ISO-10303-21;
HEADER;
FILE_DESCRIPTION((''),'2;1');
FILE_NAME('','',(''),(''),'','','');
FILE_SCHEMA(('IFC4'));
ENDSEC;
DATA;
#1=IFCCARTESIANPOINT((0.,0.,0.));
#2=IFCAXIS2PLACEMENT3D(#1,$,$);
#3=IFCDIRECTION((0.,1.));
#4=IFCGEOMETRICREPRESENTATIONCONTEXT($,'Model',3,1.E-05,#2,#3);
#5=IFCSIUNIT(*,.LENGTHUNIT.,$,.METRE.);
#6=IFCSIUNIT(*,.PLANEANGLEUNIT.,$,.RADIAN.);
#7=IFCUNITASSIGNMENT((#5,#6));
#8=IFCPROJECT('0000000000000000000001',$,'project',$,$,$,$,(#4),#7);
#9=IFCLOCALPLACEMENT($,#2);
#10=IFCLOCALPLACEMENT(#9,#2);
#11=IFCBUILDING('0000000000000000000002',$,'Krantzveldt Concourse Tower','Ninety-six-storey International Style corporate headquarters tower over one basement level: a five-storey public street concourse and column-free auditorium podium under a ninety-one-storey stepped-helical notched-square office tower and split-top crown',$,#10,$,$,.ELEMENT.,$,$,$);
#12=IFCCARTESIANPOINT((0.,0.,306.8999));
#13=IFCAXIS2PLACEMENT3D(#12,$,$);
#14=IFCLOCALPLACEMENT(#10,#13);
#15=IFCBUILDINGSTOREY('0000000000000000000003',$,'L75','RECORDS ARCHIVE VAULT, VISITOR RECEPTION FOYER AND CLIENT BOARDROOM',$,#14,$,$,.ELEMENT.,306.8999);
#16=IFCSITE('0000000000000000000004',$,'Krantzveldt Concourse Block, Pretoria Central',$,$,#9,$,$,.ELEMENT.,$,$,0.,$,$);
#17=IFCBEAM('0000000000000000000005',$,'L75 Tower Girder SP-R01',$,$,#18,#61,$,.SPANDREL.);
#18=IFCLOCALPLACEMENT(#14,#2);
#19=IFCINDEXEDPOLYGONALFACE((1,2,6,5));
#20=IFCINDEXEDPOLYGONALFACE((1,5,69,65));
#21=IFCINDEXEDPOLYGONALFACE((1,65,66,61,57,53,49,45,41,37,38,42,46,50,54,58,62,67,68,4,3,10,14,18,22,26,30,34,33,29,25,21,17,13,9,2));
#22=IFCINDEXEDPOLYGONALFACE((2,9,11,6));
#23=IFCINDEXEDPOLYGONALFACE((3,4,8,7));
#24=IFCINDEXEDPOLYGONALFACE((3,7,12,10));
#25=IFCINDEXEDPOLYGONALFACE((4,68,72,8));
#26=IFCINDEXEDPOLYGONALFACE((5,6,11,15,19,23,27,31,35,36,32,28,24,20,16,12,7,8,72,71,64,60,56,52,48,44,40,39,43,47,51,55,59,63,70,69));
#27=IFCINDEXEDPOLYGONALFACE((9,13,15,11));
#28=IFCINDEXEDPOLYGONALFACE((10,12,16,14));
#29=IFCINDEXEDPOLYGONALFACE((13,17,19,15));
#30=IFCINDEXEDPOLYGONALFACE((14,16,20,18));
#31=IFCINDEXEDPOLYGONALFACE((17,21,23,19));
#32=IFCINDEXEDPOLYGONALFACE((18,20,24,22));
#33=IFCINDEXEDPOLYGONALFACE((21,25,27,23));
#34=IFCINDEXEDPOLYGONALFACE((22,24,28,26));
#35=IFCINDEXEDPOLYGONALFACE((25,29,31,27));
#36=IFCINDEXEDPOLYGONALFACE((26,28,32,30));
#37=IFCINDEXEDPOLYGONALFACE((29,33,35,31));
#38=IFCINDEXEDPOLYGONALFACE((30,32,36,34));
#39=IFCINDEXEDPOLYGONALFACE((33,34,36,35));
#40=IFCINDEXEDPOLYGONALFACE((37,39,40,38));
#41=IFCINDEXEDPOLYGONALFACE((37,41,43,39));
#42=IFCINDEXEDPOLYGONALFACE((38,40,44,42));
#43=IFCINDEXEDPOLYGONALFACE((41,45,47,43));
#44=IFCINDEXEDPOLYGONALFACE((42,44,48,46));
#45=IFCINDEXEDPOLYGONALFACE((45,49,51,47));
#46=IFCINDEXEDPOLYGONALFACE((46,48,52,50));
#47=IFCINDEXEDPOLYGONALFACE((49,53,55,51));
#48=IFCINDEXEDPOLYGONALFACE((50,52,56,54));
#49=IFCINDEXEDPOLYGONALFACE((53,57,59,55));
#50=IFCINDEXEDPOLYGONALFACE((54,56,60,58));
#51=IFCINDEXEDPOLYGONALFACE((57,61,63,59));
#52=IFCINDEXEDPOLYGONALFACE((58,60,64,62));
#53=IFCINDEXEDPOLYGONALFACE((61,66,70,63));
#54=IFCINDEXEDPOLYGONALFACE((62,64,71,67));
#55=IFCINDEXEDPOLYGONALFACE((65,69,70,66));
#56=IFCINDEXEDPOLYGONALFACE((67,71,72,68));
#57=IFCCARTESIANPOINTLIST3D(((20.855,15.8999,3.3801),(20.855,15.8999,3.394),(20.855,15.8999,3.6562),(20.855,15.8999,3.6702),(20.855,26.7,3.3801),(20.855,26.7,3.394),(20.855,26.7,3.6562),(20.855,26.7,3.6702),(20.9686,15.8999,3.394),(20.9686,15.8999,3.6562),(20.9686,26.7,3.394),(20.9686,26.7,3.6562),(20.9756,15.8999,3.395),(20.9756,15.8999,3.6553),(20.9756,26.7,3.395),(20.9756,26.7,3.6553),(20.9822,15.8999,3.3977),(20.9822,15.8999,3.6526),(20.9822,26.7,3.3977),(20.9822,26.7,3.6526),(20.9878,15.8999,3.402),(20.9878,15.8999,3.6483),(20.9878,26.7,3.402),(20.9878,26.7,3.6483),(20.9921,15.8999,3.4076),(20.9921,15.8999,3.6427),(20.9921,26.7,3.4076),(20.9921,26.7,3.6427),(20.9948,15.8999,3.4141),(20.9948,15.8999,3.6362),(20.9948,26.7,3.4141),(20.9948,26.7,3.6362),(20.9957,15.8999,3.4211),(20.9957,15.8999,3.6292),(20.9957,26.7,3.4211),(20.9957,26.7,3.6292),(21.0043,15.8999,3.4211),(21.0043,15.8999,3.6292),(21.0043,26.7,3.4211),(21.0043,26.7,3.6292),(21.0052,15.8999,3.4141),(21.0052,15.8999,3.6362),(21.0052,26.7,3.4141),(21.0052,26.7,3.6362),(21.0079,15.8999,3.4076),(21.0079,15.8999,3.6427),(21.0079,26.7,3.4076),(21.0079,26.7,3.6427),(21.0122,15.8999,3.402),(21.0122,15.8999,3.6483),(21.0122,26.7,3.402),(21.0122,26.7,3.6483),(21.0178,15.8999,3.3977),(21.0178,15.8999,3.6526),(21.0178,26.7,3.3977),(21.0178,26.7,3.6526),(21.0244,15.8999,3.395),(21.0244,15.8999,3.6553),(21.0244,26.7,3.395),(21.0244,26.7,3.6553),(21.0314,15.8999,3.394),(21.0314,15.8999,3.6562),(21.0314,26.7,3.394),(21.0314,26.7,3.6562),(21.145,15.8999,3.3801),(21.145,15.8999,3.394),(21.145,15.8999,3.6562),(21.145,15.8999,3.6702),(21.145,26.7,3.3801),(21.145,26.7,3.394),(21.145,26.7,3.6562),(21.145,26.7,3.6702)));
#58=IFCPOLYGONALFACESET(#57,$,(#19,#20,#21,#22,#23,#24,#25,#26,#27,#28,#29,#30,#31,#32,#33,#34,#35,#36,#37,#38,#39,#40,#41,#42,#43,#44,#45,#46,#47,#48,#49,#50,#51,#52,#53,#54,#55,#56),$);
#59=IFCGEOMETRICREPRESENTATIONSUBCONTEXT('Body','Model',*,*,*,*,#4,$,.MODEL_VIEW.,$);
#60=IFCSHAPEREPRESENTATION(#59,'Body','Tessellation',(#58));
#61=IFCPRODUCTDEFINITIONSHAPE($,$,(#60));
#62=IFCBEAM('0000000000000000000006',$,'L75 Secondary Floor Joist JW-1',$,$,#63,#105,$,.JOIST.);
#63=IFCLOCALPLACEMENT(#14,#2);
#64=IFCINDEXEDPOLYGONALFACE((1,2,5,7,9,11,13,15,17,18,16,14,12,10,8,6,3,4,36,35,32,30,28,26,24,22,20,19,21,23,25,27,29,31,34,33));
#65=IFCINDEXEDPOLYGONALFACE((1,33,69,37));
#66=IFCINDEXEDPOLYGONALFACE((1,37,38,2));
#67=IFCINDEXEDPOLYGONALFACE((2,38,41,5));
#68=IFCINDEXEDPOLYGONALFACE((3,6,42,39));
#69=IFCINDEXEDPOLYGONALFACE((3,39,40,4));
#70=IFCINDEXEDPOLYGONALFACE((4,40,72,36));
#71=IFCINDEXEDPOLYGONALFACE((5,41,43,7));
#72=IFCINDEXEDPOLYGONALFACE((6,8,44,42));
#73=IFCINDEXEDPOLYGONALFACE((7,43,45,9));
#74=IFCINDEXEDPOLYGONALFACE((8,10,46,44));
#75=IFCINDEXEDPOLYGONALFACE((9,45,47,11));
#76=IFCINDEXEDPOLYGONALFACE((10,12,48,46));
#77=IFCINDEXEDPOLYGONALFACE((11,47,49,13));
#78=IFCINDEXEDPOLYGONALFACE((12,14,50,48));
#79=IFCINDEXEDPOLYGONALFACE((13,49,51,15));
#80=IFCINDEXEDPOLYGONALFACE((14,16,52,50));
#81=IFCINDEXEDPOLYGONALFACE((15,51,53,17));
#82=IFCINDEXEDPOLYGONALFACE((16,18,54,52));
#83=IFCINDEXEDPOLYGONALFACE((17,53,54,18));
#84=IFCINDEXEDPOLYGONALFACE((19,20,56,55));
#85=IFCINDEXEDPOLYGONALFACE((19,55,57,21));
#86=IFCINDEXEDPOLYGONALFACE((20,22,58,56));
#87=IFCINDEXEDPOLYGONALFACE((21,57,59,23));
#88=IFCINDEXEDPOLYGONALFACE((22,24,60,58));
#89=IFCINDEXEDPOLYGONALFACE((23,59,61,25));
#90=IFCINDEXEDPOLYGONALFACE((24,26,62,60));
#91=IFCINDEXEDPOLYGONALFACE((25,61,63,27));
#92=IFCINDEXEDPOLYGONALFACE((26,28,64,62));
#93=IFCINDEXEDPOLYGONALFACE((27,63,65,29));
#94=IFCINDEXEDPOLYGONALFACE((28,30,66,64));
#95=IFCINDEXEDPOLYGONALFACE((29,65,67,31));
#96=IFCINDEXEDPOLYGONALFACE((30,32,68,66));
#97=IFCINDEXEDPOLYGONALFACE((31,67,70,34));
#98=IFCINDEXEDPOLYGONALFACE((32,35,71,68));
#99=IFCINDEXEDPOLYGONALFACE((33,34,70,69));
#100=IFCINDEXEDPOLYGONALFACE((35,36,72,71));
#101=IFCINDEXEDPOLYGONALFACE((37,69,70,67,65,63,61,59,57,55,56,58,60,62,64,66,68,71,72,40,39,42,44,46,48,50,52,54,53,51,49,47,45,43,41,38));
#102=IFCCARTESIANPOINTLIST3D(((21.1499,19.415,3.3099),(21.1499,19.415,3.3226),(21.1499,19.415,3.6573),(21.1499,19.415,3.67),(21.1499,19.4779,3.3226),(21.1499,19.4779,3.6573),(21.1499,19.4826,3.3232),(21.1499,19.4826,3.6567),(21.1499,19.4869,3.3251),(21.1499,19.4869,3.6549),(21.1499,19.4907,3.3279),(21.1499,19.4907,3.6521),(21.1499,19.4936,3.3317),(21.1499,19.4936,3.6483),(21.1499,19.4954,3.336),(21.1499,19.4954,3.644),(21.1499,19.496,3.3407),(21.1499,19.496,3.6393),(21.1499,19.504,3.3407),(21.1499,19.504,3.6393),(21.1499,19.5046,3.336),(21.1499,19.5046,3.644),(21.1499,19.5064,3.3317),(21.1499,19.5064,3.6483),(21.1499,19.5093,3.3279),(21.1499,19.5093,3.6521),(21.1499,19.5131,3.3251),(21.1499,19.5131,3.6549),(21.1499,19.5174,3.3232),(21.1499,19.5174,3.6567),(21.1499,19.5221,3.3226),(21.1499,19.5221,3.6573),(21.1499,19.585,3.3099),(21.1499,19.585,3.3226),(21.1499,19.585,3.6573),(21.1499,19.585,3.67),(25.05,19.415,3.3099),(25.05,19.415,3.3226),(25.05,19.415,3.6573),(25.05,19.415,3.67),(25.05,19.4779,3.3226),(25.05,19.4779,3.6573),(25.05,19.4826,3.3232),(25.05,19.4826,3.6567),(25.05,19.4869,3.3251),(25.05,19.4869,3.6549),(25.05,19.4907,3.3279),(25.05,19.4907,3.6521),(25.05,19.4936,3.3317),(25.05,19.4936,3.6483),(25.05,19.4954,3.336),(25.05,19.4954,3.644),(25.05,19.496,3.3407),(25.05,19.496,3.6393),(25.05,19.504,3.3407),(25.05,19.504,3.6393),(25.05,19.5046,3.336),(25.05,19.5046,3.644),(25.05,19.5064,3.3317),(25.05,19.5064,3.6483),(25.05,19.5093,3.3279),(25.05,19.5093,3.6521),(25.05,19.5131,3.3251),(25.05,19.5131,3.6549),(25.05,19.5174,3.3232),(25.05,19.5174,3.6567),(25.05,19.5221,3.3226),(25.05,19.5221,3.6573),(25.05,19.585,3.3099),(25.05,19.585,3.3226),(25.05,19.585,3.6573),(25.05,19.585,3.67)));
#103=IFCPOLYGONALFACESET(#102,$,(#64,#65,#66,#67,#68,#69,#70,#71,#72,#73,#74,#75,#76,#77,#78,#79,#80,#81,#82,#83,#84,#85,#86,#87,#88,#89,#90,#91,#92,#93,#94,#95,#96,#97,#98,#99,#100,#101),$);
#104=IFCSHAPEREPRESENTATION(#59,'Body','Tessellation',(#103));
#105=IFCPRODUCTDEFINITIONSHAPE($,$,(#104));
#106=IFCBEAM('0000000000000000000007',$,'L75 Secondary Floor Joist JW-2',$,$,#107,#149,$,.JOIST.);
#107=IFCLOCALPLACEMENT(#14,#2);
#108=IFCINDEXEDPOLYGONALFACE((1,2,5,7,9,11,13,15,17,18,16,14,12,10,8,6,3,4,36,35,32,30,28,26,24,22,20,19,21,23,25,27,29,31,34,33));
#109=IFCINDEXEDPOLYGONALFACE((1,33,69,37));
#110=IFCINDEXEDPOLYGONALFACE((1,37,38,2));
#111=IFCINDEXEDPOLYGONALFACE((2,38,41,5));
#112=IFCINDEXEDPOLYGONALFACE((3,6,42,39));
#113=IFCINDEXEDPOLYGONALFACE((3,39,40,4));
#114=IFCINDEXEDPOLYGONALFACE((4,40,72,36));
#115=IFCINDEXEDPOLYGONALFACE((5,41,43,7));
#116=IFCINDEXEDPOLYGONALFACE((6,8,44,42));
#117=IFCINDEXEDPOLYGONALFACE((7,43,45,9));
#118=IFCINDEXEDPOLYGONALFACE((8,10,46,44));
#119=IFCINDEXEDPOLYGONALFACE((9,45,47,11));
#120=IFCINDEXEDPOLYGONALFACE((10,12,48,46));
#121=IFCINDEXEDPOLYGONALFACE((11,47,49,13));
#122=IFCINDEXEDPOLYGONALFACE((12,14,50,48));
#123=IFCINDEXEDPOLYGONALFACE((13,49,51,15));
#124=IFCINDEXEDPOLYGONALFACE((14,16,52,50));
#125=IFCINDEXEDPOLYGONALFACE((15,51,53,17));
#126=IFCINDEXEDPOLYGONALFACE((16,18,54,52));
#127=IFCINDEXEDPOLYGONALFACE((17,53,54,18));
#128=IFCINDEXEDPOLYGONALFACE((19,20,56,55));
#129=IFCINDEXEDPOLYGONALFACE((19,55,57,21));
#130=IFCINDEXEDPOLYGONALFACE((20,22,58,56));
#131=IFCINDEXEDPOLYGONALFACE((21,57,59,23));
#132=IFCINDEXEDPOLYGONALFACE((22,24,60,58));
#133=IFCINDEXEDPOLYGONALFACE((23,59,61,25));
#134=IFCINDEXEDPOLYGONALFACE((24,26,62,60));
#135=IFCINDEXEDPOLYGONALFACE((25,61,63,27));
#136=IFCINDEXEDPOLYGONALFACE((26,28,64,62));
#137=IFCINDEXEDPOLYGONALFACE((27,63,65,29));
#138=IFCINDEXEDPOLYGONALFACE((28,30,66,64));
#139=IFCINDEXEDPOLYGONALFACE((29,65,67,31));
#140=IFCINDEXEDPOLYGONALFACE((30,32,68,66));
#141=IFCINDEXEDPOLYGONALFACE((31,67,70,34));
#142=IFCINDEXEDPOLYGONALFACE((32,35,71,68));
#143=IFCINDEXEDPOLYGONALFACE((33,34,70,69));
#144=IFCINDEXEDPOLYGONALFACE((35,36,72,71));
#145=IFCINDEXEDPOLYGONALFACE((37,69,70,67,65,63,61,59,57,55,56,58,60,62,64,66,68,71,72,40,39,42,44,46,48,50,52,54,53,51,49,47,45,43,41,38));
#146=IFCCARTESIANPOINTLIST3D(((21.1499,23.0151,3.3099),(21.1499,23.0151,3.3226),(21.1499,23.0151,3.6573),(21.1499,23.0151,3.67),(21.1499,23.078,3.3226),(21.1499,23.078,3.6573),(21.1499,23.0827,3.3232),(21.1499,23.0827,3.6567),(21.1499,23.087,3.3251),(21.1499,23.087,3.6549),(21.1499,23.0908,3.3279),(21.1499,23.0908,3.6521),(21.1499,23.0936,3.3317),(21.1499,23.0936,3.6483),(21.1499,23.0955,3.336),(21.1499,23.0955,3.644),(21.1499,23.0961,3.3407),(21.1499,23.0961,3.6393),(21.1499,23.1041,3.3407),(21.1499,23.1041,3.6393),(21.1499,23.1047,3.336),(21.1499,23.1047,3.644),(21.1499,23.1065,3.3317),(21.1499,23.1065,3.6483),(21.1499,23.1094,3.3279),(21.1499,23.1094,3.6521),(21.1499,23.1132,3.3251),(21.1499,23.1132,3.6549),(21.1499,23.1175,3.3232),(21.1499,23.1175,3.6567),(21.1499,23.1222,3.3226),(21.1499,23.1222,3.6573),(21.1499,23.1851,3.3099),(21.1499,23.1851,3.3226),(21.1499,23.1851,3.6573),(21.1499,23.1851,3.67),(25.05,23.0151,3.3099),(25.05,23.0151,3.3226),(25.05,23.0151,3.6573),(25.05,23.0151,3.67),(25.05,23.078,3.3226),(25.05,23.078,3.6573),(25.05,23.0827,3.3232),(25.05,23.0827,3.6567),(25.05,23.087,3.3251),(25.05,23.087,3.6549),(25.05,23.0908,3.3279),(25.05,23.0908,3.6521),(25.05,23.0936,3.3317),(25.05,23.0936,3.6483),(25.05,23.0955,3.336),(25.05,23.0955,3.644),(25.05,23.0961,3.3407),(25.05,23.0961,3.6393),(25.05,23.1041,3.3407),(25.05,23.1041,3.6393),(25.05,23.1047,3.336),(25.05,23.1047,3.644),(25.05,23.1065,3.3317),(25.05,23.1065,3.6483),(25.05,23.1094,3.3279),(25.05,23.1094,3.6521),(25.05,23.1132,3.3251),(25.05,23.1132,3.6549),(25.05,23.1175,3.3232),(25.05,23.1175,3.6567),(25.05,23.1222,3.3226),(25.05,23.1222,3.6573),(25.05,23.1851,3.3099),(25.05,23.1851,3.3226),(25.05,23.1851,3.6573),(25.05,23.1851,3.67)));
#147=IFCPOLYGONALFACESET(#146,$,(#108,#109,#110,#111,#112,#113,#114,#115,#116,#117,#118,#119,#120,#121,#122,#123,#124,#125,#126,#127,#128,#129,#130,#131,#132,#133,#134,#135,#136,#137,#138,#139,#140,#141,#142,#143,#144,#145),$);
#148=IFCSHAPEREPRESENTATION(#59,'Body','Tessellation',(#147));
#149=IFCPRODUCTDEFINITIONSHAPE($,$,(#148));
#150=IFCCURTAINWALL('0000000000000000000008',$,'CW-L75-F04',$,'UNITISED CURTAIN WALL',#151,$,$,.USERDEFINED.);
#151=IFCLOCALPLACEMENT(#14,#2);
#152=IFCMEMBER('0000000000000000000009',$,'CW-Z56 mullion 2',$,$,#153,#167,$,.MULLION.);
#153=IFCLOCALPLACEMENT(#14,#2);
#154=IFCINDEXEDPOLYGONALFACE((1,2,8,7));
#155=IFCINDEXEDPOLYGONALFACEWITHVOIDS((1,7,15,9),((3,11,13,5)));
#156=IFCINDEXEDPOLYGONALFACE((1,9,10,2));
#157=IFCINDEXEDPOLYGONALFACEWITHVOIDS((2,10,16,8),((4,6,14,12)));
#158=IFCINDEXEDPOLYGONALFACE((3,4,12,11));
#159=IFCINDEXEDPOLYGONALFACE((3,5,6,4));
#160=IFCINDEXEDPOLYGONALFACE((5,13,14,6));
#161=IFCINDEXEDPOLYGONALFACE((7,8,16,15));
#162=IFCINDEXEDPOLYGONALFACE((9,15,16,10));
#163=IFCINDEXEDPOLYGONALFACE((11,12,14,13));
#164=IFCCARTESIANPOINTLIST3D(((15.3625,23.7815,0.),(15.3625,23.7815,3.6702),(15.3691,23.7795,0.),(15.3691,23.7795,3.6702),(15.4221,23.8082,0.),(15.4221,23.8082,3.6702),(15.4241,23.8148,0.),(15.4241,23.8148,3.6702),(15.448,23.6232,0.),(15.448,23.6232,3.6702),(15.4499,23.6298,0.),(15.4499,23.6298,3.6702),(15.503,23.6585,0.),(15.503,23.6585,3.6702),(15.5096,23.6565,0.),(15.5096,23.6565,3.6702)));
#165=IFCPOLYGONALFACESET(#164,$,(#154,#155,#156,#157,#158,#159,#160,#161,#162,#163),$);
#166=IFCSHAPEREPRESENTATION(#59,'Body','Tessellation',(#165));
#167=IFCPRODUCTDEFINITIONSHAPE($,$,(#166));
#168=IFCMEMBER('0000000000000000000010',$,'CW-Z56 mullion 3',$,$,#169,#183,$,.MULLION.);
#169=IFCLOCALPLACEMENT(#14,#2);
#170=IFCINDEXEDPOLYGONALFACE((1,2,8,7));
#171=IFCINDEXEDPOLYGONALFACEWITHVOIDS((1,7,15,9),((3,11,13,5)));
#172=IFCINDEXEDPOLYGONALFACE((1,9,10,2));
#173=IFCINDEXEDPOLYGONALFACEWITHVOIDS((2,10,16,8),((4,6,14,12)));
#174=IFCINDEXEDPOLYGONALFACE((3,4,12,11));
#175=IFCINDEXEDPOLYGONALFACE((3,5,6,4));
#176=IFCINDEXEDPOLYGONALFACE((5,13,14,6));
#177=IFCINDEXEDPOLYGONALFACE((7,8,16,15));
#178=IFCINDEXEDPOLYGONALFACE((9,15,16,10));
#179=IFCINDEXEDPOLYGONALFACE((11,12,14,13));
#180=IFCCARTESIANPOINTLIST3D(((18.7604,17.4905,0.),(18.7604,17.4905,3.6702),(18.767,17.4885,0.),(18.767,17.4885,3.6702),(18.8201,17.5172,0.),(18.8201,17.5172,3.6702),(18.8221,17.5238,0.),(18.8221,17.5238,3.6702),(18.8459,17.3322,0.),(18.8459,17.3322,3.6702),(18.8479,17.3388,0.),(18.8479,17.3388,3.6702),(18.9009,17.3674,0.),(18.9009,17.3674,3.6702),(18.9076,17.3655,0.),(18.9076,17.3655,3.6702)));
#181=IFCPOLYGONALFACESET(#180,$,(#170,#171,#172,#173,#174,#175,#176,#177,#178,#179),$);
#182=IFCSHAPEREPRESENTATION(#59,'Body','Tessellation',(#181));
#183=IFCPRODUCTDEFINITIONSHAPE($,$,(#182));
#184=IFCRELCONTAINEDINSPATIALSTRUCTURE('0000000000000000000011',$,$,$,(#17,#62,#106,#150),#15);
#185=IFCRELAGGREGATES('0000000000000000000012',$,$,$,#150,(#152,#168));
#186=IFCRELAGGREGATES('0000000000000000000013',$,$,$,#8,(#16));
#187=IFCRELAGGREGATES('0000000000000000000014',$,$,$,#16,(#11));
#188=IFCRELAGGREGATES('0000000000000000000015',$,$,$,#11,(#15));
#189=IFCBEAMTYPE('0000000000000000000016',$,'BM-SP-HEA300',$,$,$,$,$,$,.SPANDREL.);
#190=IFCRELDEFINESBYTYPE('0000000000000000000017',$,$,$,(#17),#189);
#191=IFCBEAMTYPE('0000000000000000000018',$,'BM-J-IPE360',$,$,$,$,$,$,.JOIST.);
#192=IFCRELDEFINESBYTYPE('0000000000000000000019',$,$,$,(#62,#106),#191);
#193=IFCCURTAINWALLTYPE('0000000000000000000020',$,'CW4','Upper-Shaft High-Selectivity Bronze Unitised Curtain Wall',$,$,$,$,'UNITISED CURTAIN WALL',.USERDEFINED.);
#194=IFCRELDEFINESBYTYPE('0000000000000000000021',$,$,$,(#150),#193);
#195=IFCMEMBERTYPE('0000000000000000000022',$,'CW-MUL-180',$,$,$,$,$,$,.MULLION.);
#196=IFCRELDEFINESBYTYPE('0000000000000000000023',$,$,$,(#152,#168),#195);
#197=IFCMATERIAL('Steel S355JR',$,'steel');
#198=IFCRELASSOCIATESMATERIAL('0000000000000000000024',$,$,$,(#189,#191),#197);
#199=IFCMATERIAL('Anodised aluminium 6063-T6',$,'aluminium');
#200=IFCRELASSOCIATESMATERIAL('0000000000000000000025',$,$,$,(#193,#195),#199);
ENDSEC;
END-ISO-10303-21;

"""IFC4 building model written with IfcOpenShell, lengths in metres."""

from ifc_helpers import new_model, si_unit, direction, frame, origin, origin_2d, place, context, subcontext, project, spatial, hollow_rectangle, i_section, extrude, source, transform, mapped, material, material_profile, profile_set, type_object, type_shapes, element, aggregate, save


model = new_model("IFC4")

# Units and contexts
model_context = context("Model", 3, precision=1e-05, world=origin(), true_north=direction((0.0, 1.0)))
body_context = subcontext(model_context, "Body", "Model", "MODEL_VIEW")
ifc_project = project(units=[si_unit("LENGTHUNIT", "METRE"), si_unit("PLANEANGLEUNIT", "RADIAN")], contexts=[model_context])

# Site, building, storey
site_placement = place(None, origin())
site = spatial("IfcSite", under=ifc_project, at=site_placement, Name="Krantzveldt Concourse Block, Pretoria Central", CompositionType="ELEMENT", RefElevation=0.0)
building_placement = place(site_placement, origin())
building = spatial("IfcBuilding", under=site, at=building_placement, Name="Krantzveldt Concourse Tower", Description="Ninety-six-storey International Style corporate headquarters tower over one basement level: a five-storey public street concourse and column-free auditorium podium under a ninety-one-storey stepped-helical notched-square office tower and split-top crown", CompositionType="ELEMENT")
storey_placement = place(building_placement, frame((0.0, 0.0, 306.8999)))
storey = spatial("IfcBuildingStorey", under=building, at=storey_placement, Name="L75", Description="RECORDS ARCHIVE VAULT, VISITOR RECEPTION FOYER AND CLIENT BOARDROOM", CompositionType="ELEMENT", Elevation=306.8999)

# Beams
ifc_material_1 = material(Name="Steel S355JR", Category="steel")
ifc_material_profile_1 = material_profile(ifc_material_1, i_section(OverallWidth=0.29, OverallDepth=0.29, WebThickness=0.0085, FlangeThickness=0.0139, FilletRadius=0.0271, at=origin_2d()), Name="Steel S355JR", Category="steel")
ifc_profile_set_1 = profile_set([ifc_material_profile_1], Name="Steel S355JR - HEA 300")
beam_type_1 = type_object("IfcBeamType", Name="BM-SP-HEA300", PredefinedType="SPANDREL", material=ifc_profile_set_1)
shared_shape_1 = source(origin(), body_context, "Body", "SweptSolid", [
    extrude(i_section(OverallWidth=0.29, OverallDepth=0.29, WebThickness=0.0085, FlangeThickness=0.0139, FilletRadius=0.0271, at=origin_2d()), origin(), (0.0, 0.0, 1.0), 10.8),
])
type_shapes(beam_type_1, [shared_shape_1])
beam_1_placement = place(storey_placement, frame((21.0, 15.8999, 3.5251), z_axis=(0.0, 1.0, 0.0), x_axis=(-1.0, 0.0, 0.0)))
element("IfcBeam", 1, at=beam_1_placement, inside=storey, type_object=beam_type_1, Name="L75 Tower Girder SP-R01", PredefinedType="SPANDREL", context=body_context, shape_type="MappedRepresentation", body=[
    mapped(shared_shape_1, transform((0.0, 0.0, 0.0), x_axis=(1.0, 0.0, 0.0), y_axis=(0.0, 1.0, 0.0), z_axis=(0.0, 0.0, 1.0), scale=1.0)),
])
ifc_material_profile_2 = material_profile(ifc_material_1, i_section(OverallWidth=0.1699, OverallDepth=0.3601, WebThickness=0.0081, FlangeThickness=0.0127, FilletRadius=0.0181, at=origin_2d()), Name="Steel S355JR", Category="steel")
ifc_profile_set_2 = profile_set([ifc_material_profile_2], Name="Steel S355JR - IPE 360")
beam_type_2 = type_object("IfcBeamType", Name="BM-J-IPE360", PredefinedType="JOIST", material=ifc_profile_set_2)
shared_shape_2 = source(origin(), body_context, "Body", "SweptSolid", [
    extrude(i_section(OverallWidth=0.1699, OverallDepth=0.3601, WebThickness=0.0081, FlangeThickness=0.0127, FilletRadius=0.0181, at=origin_2d()), origin(), (0.0, 0.0, 1.0), 3.9001),
])
type_shapes(beam_type_2, [shared_shape_2])
for number, where, z_axis, x_axis, name in (
    (2, (21.1499, 19.5, 3.49), (1.0, 0.0, 0.0), (0.0, 1.0, 0.0), "L75 Secondary Floor Joist JW-1"),
    (3, (21.1499, 23.1001, 3.49), (1.0, 0.0, 0.0), (0.0, 1.0, 0.0), "L75 Secondary Floor Joist JW-2"),
):
    element("IfcBeam", number, at=place(storey_placement, frame(where, z_axis=z_axis, x_axis=x_axis)), inside=storey, type_object=beam_type_2, Name=name, PredefinedType="JOIST", context=body_context, shape_type="MappedRepresentation", body=[
        mapped(shared_shape_2, transform((0.0, 0.0, 0.0), x_axis=(1.0, 0.0, 0.0), y_axis=(0.0, 1.0, 0.0), z_axis=(0.0, 0.0, 1.0), scale=1.0)),
    ])

# Curtain wall, members
ifc_material_2 = material(Name="Anodised aluminium 6063-T6", Category="aluminium")
curtain_wall_type = type_object("IfcCurtainWallType", Name="CW4", Description="Upper-Shaft High-Selectivity Bronze Unitised Curtain Wall", ElementType="UNITISED CURTAIN WALL", PredefinedType="USERDEFINED", material=ifc_material_2)
curtain_wall_placement = place(storey_placement, origin())
curtain_wall = element("IfcCurtainWall", 4, at=curtain_wall_placement, inside=storey, type_object=curtain_wall_type, Name="CW-L75-F04", ObjectType="UNITISED CURTAIN WALL", PredefinedType="USERDEFINED")
ifc_material_profile_3 = material_profile(ifc_material_2, hollow_rectangle(XDim=0.0701, YDim=0.1799, WallThickness=0.0049, at=origin_2d()), Name="Anodised aluminium 6063-T6", Category="aluminium")
ifc_profile_set_3 = profile_set([ifc_material_profile_3], Name="Anodised aluminium 6063-T6 - ALU-MULL 180x70x5")
member_type_1 = type_object("IfcMemberType", Name="CW-MUL-180", PredefinedType="MULLION", material=ifc_profile_set_3)
shared_shape_3 = source(origin(), body_context, "Body", "SweptSolid", [
    extrude(hollow_rectangle(XDim=0.0701, YDim=0.1799, WallThickness=0.0049, at=origin_2d()), origin(), (0.0, 0.0, 1.0), 3.6702),
])
type_shapes(member_type_1, [shared_shape_3])
member_1_placement = place(storey_placement, frame((15.436, 23.719, 0.0), z_axis=(0.0, 0.0, 1.0), x_axis=(0.879856, 0.47524, 0.0)))
member_1 = element("IfcMember", 5, at=member_1_placement, type_object=member_type_1, Name="CW-Z56 mullion 2", PredefinedType="MULLION", context=body_context, shape_type="MappedRepresentation", body=[
    mapped(shared_shape_3, transform((0.0, 0.0, 0.0), x_axis=(1.0, 0.0, 0.0), y_axis=(0.0, 1.0, 0.0), z_axis=(0.0, 0.0, 1.0), scale=1.0)),
])
member_2_placement = place(storey_placement, frame((18.834, 17.428, 0.0), z_axis=(0.0, 0.0, 1.0), x_axis=(0.879856, 0.47524, 0.0)))
member_2 = element("IfcMember", 6, at=member_2_placement, type_object=member_type_1, Name="CW-Z56 mullion 3", PredefinedType="MULLION", context=body_context, shape_type="MappedRepresentation", body=[
    mapped(shared_shape_3, transform((0.0, 0.0, 0.0), x_axis=(1.0, 0.0, 0.0), y_axis=(0.0, 1.0, 0.0), z_axis=(0.0, 0.0, 1.0), scale=1.0)),
])

aggregate(curtain_wall, [member_1, member_2])

save(model, "model.ifc")
